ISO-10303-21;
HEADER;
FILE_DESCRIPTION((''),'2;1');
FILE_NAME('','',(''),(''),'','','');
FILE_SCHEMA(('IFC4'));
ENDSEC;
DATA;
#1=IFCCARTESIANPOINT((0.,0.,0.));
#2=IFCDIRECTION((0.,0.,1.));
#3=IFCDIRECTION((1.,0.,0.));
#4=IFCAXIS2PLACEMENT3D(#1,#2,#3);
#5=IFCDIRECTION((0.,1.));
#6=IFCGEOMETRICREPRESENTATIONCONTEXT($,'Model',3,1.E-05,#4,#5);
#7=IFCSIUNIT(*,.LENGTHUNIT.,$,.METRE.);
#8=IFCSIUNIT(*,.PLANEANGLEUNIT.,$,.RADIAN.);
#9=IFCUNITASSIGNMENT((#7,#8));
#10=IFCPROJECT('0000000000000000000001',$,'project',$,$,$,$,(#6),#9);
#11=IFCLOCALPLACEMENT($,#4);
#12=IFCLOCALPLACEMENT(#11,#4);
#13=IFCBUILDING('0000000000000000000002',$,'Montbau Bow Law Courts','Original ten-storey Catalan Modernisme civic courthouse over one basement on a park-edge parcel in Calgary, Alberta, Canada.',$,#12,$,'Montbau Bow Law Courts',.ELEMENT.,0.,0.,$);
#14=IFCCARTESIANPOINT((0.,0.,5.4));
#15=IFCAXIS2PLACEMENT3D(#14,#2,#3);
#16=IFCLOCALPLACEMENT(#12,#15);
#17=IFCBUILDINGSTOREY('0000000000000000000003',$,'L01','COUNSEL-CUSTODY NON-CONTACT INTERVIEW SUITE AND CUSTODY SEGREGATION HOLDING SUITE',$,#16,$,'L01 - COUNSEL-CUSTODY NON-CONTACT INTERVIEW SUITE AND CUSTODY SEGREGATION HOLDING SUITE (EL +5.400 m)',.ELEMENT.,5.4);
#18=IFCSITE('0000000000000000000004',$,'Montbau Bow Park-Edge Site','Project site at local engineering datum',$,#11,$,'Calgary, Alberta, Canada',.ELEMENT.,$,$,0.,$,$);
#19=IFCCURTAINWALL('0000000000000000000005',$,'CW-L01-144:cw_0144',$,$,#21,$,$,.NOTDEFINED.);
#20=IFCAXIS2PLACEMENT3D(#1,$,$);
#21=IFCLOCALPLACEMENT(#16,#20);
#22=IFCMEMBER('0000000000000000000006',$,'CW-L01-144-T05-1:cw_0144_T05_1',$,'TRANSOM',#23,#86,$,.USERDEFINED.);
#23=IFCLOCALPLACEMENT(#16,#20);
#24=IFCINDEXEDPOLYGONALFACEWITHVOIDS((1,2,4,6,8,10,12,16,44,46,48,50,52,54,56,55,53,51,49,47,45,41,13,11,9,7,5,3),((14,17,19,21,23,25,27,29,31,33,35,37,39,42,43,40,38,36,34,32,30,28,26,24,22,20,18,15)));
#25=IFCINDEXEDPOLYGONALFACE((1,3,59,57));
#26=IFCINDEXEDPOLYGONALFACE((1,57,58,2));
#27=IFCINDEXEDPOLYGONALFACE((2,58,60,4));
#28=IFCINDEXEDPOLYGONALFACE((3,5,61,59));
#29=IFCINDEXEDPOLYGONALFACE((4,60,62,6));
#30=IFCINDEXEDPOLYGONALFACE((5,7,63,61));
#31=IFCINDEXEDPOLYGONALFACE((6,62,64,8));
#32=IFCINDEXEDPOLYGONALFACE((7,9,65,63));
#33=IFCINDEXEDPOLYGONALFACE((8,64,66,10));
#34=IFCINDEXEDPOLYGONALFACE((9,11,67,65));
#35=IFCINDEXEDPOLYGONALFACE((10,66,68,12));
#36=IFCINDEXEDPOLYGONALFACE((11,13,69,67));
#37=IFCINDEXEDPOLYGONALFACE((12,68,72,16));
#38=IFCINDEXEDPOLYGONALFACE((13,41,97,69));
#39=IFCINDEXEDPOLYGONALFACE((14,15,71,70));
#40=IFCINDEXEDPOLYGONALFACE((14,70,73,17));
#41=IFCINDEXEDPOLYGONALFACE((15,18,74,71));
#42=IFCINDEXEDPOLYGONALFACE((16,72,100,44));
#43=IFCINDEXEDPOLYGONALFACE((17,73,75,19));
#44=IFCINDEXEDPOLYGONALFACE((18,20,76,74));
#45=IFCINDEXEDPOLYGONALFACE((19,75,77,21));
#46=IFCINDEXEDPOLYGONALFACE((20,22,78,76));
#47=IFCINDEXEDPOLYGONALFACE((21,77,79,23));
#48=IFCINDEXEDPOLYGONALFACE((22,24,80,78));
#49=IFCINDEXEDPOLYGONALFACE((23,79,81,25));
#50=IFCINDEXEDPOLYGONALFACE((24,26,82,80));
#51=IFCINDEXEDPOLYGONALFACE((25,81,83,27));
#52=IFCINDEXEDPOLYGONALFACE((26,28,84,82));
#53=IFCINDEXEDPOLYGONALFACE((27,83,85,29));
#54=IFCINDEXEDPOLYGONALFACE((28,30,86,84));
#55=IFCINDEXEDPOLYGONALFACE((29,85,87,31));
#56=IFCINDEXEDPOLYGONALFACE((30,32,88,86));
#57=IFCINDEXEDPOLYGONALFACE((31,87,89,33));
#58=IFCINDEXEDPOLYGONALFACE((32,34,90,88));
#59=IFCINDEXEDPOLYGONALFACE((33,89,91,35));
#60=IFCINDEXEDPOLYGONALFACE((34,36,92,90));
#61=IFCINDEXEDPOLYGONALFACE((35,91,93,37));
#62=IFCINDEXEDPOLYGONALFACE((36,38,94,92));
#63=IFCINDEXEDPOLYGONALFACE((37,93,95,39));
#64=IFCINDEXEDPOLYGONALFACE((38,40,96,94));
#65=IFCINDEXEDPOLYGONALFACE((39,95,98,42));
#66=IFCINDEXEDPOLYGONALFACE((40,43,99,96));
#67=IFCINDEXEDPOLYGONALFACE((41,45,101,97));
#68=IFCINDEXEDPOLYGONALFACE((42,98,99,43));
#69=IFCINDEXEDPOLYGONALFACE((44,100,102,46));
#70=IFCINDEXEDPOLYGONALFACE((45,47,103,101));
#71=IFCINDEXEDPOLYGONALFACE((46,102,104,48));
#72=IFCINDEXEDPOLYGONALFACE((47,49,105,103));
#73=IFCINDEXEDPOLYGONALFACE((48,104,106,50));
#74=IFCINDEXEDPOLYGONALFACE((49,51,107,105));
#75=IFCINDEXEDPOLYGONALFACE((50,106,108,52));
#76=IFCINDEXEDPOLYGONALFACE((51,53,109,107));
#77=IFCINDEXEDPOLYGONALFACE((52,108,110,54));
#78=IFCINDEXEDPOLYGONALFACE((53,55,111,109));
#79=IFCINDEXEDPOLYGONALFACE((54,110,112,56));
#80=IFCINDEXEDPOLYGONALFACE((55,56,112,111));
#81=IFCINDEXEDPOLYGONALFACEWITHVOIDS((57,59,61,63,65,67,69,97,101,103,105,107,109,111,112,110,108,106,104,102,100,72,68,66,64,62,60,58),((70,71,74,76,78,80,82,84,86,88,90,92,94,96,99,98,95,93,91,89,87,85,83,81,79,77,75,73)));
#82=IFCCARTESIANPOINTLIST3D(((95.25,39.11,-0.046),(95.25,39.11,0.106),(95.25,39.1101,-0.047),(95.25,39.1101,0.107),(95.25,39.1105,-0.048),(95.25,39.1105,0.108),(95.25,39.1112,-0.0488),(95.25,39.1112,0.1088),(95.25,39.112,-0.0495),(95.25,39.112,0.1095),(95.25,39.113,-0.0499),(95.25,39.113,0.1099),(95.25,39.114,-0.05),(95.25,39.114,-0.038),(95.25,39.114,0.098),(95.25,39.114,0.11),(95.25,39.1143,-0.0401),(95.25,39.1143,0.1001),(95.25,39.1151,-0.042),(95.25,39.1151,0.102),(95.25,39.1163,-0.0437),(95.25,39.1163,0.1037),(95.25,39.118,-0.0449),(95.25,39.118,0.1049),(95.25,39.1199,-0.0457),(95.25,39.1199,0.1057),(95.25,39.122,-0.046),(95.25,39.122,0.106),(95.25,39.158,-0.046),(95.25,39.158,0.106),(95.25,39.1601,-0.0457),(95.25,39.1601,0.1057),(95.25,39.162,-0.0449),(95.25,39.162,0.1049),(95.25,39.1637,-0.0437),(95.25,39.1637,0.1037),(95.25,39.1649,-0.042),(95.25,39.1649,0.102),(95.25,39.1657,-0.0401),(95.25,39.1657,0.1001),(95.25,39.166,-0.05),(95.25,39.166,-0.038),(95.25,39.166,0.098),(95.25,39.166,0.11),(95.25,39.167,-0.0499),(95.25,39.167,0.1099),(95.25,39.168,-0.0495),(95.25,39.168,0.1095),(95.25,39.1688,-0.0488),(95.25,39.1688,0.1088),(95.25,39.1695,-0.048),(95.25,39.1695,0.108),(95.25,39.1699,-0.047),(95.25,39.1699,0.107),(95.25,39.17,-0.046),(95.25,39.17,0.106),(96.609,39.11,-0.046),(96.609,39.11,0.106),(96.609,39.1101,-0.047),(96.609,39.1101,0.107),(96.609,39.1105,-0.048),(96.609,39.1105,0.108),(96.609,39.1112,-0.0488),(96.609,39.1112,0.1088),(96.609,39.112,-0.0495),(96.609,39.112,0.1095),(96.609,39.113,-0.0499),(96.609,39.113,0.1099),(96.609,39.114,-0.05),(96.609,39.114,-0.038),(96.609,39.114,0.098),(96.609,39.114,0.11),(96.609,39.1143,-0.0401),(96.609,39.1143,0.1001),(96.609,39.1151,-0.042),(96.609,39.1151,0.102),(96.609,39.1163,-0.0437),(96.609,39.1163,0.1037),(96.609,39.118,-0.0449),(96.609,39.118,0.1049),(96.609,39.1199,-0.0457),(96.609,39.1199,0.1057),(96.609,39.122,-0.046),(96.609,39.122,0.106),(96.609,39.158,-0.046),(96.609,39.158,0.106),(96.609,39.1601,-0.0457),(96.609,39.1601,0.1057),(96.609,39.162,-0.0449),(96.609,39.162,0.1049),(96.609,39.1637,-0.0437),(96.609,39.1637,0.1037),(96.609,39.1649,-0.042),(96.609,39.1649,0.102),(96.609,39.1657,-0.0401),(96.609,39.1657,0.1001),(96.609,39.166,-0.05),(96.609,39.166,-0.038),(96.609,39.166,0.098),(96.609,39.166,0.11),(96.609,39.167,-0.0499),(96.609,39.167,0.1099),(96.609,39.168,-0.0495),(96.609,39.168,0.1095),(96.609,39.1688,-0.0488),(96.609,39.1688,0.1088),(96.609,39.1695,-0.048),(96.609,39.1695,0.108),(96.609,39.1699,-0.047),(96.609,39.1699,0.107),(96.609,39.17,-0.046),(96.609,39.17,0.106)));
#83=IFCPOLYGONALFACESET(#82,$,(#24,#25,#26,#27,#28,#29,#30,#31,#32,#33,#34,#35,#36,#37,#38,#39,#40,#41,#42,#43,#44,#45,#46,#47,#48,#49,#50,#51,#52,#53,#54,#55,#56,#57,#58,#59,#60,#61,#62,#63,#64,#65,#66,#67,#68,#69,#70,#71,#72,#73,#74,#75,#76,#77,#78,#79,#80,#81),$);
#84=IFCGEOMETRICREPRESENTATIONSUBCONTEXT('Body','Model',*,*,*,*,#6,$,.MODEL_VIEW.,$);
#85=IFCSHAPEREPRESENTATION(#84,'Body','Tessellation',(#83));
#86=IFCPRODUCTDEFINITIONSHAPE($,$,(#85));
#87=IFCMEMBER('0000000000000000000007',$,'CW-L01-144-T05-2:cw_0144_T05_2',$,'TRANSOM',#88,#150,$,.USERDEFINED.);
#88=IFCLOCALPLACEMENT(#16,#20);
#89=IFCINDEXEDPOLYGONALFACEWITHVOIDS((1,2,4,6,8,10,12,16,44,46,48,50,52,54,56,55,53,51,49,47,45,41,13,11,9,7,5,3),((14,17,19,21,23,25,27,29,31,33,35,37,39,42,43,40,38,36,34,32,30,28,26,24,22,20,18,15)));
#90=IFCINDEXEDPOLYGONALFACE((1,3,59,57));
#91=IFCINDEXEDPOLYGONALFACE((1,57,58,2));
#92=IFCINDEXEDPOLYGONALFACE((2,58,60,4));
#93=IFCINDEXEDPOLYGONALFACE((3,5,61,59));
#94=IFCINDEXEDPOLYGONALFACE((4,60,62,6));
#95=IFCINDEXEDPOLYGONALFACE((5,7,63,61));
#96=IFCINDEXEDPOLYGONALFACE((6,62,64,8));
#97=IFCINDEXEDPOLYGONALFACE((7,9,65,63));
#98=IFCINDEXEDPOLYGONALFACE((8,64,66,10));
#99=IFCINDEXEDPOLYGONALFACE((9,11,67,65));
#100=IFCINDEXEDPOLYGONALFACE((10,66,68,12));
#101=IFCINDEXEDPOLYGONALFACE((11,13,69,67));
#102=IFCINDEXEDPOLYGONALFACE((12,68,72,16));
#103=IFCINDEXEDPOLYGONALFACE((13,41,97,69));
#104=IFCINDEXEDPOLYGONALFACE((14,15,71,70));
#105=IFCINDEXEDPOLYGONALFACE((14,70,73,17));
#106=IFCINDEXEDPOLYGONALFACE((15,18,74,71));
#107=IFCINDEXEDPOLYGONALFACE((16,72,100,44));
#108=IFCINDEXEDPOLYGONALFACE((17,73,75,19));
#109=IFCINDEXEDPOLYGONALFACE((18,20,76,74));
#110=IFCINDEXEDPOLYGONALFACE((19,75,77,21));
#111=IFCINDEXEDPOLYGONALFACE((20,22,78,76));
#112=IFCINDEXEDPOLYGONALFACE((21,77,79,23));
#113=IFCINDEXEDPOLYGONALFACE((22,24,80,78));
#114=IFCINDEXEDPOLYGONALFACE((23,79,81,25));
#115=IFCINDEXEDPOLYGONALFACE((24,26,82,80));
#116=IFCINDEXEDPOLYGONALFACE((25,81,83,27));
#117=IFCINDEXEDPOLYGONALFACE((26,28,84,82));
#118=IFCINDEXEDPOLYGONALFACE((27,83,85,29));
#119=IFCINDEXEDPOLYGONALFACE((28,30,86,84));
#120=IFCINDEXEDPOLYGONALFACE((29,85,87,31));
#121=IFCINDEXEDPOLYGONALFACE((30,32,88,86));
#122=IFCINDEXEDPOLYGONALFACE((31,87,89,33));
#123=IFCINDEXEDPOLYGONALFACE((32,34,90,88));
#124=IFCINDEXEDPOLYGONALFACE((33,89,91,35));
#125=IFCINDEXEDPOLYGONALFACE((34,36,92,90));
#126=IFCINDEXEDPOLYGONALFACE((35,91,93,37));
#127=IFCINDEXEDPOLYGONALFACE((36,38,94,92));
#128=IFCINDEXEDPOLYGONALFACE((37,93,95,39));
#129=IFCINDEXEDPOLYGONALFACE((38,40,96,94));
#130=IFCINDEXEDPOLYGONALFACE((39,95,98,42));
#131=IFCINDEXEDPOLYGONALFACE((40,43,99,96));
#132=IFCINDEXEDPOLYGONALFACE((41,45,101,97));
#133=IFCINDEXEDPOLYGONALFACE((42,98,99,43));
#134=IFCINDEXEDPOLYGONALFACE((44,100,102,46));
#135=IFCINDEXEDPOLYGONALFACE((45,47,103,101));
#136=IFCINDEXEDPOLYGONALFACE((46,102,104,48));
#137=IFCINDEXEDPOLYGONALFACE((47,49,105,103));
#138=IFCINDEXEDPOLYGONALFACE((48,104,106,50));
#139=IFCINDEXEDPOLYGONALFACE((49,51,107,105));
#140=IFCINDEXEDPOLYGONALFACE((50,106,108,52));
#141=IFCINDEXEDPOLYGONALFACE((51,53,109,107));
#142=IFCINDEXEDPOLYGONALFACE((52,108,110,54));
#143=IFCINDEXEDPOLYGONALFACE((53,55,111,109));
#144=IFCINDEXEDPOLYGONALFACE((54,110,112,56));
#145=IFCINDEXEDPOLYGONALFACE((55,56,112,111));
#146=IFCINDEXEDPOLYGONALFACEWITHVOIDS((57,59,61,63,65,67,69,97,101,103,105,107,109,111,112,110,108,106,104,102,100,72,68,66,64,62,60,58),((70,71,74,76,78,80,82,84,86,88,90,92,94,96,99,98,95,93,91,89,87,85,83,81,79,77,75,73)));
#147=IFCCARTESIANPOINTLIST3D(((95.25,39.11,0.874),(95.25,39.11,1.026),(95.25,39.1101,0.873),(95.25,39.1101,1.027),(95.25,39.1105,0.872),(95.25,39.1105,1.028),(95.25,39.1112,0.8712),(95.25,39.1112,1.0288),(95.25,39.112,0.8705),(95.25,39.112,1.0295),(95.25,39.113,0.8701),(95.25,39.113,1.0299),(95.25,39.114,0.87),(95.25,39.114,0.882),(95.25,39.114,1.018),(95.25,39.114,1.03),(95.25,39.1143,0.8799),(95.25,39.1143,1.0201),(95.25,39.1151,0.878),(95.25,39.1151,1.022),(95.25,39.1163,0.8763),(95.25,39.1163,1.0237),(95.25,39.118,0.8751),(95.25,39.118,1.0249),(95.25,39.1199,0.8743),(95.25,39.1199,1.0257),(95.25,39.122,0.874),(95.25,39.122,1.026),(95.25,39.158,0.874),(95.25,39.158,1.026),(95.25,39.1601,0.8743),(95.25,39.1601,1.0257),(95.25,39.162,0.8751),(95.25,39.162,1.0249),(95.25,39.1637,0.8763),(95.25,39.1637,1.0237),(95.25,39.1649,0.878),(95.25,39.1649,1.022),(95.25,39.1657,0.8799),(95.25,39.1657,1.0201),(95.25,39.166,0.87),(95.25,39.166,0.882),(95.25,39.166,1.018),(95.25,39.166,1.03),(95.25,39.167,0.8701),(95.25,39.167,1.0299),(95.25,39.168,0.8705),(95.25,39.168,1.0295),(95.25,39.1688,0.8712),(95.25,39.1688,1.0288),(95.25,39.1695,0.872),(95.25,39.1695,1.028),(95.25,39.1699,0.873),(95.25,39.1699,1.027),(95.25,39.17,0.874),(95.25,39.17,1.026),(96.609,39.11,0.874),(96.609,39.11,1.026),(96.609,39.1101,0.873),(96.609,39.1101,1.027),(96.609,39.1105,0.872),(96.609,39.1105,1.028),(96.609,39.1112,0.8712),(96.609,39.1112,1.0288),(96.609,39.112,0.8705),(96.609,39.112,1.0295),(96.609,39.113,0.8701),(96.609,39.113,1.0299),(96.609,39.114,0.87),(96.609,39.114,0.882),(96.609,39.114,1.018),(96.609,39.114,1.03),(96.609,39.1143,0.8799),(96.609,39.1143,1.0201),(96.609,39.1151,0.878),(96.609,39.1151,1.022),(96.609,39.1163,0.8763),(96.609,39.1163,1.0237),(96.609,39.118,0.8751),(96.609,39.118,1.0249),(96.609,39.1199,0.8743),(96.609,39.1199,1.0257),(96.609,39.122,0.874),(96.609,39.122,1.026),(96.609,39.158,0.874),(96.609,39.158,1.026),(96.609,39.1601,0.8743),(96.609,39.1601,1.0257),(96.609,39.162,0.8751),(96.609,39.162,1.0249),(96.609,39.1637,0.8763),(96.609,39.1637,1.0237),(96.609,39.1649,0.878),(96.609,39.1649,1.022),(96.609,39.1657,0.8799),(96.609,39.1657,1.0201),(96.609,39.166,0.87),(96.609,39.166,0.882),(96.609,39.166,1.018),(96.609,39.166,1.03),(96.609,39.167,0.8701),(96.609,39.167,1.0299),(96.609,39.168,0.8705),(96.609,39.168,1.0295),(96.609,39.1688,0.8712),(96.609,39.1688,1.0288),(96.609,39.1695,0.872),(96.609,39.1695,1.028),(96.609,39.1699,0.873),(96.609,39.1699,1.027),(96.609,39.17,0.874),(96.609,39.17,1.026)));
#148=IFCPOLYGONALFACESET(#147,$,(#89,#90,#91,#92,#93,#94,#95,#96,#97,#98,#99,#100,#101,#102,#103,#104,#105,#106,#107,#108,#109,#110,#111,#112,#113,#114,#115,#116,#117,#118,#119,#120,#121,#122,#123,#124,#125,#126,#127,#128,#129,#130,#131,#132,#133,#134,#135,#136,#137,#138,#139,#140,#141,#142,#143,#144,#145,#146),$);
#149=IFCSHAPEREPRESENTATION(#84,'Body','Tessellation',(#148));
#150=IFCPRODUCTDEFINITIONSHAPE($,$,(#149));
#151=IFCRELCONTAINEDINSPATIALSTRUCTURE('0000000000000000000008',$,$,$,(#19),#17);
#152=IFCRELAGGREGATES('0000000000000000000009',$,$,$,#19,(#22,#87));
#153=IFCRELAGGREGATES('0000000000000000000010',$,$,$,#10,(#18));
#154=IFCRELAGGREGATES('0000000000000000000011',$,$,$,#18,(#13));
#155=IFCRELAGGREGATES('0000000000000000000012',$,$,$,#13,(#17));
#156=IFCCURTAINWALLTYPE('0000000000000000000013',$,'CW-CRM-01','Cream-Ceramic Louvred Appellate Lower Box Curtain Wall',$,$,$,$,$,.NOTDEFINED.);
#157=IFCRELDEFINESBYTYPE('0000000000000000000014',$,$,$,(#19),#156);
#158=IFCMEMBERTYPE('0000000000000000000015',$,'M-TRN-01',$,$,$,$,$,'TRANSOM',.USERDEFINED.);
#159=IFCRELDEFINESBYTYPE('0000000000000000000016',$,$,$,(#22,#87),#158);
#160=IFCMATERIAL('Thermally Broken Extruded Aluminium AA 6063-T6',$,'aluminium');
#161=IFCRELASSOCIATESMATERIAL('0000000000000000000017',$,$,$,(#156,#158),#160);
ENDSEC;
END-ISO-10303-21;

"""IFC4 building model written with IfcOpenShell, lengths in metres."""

from ifc_helpers import new_model, si_unit, direction, frame, origin_with_axes, origin_2d_with_axis, place, context, subcontext, project, spatial, hollow_rectangle, extrude, material, material_profile, profile_set, type_object, element, aggregate, save


model = new_model("IFC4")

# Units and contexts
model_context = context("Model", 3, precision=1e-05, world=origin_with_axes(), true_north=direction((0.0, 1.0)))
body_context = subcontext(model_context, "Body", "Model", "MODEL_VIEW")
ifc_project = project(units=[si_unit("LENGTHUNIT", "METRE"), si_unit("PLANEANGLEUNIT", "RADIAN")], contexts=[model_context])

# Site, building, storey
site_placement = place(None, origin_with_axes())
site = spatial("IfcSite", under=ifc_project, at=site_placement, Name="Montbau Bow Park-Edge Site", Description="Project site at local engineering datum", LongName="Calgary, Alberta, Canada", CompositionType="ELEMENT", RefElevation=0.0)
building_placement = place(site_placement, origin_with_axes())
building = spatial("IfcBuilding", under=site, at=building_placement, Name="Montbau Bow Law Courts", Description="Original ten-storey Catalan Modernisme civic courthouse over one basement on a park-edge parcel in Calgary, Alberta, Canada.", LongName="Montbau Bow Law Courts", CompositionType="ELEMENT", ElevationOfRefHeight=0.0, ElevationOfTerrain=0.0)
storey_placement = place(building_placement, frame((0.0, 0.0, 5.4), z_axis=(0.0, 0.0, 1.0), x_axis=(1.0, 0.0, 0.0)))
storey = spatial("IfcBuildingStorey", under=building, at=storey_placement, Name="L01", Description="COUNSEL-CUSTODY NON-CONTACT INTERVIEW SUITE AND CUSTODY SEGREGATION HOLDING SUITE", LongName="L01 - COUNSEL-CUSTODY NON-CONTACT INTERVIEW SUITE AND CUSTODY SEGREGATION HOLDING SUITE (EL +5.400 m)", CompositionType="ELEMENT", Elevation=5.4)

# Curtain wall, members
ifc_material_1 = material(Name="Thermally Broken Extruded Aluminium AA 6063-T6", Category="aluminium")
curtain_wall_type = type_object("IfcCurtainWallType", Name="CW-CRM-01", Description="Cream-Ceramic Louvred Appellate Lower Box Curtain Wall", PredefinedType="NOTDEFINED", material=ifc_material_1)
curtain_wall_placement = place(None, frame((89.315, 39.14, 5.4), z_axis=(0.0, 0.0, 1.0), x_axis=(1.0, 0.0, 0.0)))
curtain_wall = element("IfcCurtainWall", 1, at=curtain_wall_placement, inside=storey, type_object=curtain_wall_type, Name="CW-L01-144:cw_0144", PredefinedType="NOTDEFINED")
ifc_material_profile_1 = material_profile(ifc_material_1, hollow_rectangle(XDim=0.06, YDim=0.16, WallThickness=0.004, InnerFilletRadius=0.008, OuterFilletRadius=0.004, at=origin_2d_with_axis()), Name="CWT-160X60", Category="Main", Priority=0)
ifc_profile_set_1 = profile_set([ifc_material_profile_1], Name="Thermally Broken Extruded Aluminium AA 6063-T6")
member_type_1 = type_object("IfcMemberType", Name="M-TRN-01", ElementType="TRANSOM", PredefinedType="USERDEFINED", material=ifc_profile_set_1)
member_1_placement = place(None, frame((95.25, 39.14, 5.43), z_axis=(1.0, 0.0, 0.0), x_axis=(0.0, 1.0, 0.0)))
member_1 = element("IfcMember", 2, at=member_1_placement, type_object=member_type_1, Name="CW-L01-144-T05-1:cw_0144_T05_1", ObjectType="TRANSOM", PredefinedType="USERDEFINED", context=body_context, shape_type="SweptSolid", body=[
    extrude(hollow_rectangle(XDim=0.06, YDim=0.16, WallThickness=0.004, InnerFilletRadius=0.008, OuterFilletRadius=0.004, at=origin_2d_with_axis()), origin_with_axes(), (0.0, 0.0, 1.0), 1.359),
])
member_2_placement = place(None, frame((95.25, 39.14, 6.35), z_axis=(1.0, 0.0, 0.0), x_axis=(0.0, 1.0, 0.0)))
member_2 = element("IfcMember", 3, at=member_2_placement, type_object=member_type_1, Name="CW-L01-144-T05-2:cw_0144_T05_2", ObjectType="TRANSOM", PredefinedType="USERDEFINED", context=body_context, shape_type="SweptSolid", body=[
    extrude(hollow_rectangle(XDim=0.06, YDim=0.16, WallThickness=0.004, InnerFilletRadius=0.008, OuterFilletRadius=0.004, at=origin_2d_with_axis()), origin_with_axes(), (0.0, 0.0, 1.0), 1.359),
])
aggregate(curtain_wall, [member_1, member_2])

save(model, "model.ifc")
